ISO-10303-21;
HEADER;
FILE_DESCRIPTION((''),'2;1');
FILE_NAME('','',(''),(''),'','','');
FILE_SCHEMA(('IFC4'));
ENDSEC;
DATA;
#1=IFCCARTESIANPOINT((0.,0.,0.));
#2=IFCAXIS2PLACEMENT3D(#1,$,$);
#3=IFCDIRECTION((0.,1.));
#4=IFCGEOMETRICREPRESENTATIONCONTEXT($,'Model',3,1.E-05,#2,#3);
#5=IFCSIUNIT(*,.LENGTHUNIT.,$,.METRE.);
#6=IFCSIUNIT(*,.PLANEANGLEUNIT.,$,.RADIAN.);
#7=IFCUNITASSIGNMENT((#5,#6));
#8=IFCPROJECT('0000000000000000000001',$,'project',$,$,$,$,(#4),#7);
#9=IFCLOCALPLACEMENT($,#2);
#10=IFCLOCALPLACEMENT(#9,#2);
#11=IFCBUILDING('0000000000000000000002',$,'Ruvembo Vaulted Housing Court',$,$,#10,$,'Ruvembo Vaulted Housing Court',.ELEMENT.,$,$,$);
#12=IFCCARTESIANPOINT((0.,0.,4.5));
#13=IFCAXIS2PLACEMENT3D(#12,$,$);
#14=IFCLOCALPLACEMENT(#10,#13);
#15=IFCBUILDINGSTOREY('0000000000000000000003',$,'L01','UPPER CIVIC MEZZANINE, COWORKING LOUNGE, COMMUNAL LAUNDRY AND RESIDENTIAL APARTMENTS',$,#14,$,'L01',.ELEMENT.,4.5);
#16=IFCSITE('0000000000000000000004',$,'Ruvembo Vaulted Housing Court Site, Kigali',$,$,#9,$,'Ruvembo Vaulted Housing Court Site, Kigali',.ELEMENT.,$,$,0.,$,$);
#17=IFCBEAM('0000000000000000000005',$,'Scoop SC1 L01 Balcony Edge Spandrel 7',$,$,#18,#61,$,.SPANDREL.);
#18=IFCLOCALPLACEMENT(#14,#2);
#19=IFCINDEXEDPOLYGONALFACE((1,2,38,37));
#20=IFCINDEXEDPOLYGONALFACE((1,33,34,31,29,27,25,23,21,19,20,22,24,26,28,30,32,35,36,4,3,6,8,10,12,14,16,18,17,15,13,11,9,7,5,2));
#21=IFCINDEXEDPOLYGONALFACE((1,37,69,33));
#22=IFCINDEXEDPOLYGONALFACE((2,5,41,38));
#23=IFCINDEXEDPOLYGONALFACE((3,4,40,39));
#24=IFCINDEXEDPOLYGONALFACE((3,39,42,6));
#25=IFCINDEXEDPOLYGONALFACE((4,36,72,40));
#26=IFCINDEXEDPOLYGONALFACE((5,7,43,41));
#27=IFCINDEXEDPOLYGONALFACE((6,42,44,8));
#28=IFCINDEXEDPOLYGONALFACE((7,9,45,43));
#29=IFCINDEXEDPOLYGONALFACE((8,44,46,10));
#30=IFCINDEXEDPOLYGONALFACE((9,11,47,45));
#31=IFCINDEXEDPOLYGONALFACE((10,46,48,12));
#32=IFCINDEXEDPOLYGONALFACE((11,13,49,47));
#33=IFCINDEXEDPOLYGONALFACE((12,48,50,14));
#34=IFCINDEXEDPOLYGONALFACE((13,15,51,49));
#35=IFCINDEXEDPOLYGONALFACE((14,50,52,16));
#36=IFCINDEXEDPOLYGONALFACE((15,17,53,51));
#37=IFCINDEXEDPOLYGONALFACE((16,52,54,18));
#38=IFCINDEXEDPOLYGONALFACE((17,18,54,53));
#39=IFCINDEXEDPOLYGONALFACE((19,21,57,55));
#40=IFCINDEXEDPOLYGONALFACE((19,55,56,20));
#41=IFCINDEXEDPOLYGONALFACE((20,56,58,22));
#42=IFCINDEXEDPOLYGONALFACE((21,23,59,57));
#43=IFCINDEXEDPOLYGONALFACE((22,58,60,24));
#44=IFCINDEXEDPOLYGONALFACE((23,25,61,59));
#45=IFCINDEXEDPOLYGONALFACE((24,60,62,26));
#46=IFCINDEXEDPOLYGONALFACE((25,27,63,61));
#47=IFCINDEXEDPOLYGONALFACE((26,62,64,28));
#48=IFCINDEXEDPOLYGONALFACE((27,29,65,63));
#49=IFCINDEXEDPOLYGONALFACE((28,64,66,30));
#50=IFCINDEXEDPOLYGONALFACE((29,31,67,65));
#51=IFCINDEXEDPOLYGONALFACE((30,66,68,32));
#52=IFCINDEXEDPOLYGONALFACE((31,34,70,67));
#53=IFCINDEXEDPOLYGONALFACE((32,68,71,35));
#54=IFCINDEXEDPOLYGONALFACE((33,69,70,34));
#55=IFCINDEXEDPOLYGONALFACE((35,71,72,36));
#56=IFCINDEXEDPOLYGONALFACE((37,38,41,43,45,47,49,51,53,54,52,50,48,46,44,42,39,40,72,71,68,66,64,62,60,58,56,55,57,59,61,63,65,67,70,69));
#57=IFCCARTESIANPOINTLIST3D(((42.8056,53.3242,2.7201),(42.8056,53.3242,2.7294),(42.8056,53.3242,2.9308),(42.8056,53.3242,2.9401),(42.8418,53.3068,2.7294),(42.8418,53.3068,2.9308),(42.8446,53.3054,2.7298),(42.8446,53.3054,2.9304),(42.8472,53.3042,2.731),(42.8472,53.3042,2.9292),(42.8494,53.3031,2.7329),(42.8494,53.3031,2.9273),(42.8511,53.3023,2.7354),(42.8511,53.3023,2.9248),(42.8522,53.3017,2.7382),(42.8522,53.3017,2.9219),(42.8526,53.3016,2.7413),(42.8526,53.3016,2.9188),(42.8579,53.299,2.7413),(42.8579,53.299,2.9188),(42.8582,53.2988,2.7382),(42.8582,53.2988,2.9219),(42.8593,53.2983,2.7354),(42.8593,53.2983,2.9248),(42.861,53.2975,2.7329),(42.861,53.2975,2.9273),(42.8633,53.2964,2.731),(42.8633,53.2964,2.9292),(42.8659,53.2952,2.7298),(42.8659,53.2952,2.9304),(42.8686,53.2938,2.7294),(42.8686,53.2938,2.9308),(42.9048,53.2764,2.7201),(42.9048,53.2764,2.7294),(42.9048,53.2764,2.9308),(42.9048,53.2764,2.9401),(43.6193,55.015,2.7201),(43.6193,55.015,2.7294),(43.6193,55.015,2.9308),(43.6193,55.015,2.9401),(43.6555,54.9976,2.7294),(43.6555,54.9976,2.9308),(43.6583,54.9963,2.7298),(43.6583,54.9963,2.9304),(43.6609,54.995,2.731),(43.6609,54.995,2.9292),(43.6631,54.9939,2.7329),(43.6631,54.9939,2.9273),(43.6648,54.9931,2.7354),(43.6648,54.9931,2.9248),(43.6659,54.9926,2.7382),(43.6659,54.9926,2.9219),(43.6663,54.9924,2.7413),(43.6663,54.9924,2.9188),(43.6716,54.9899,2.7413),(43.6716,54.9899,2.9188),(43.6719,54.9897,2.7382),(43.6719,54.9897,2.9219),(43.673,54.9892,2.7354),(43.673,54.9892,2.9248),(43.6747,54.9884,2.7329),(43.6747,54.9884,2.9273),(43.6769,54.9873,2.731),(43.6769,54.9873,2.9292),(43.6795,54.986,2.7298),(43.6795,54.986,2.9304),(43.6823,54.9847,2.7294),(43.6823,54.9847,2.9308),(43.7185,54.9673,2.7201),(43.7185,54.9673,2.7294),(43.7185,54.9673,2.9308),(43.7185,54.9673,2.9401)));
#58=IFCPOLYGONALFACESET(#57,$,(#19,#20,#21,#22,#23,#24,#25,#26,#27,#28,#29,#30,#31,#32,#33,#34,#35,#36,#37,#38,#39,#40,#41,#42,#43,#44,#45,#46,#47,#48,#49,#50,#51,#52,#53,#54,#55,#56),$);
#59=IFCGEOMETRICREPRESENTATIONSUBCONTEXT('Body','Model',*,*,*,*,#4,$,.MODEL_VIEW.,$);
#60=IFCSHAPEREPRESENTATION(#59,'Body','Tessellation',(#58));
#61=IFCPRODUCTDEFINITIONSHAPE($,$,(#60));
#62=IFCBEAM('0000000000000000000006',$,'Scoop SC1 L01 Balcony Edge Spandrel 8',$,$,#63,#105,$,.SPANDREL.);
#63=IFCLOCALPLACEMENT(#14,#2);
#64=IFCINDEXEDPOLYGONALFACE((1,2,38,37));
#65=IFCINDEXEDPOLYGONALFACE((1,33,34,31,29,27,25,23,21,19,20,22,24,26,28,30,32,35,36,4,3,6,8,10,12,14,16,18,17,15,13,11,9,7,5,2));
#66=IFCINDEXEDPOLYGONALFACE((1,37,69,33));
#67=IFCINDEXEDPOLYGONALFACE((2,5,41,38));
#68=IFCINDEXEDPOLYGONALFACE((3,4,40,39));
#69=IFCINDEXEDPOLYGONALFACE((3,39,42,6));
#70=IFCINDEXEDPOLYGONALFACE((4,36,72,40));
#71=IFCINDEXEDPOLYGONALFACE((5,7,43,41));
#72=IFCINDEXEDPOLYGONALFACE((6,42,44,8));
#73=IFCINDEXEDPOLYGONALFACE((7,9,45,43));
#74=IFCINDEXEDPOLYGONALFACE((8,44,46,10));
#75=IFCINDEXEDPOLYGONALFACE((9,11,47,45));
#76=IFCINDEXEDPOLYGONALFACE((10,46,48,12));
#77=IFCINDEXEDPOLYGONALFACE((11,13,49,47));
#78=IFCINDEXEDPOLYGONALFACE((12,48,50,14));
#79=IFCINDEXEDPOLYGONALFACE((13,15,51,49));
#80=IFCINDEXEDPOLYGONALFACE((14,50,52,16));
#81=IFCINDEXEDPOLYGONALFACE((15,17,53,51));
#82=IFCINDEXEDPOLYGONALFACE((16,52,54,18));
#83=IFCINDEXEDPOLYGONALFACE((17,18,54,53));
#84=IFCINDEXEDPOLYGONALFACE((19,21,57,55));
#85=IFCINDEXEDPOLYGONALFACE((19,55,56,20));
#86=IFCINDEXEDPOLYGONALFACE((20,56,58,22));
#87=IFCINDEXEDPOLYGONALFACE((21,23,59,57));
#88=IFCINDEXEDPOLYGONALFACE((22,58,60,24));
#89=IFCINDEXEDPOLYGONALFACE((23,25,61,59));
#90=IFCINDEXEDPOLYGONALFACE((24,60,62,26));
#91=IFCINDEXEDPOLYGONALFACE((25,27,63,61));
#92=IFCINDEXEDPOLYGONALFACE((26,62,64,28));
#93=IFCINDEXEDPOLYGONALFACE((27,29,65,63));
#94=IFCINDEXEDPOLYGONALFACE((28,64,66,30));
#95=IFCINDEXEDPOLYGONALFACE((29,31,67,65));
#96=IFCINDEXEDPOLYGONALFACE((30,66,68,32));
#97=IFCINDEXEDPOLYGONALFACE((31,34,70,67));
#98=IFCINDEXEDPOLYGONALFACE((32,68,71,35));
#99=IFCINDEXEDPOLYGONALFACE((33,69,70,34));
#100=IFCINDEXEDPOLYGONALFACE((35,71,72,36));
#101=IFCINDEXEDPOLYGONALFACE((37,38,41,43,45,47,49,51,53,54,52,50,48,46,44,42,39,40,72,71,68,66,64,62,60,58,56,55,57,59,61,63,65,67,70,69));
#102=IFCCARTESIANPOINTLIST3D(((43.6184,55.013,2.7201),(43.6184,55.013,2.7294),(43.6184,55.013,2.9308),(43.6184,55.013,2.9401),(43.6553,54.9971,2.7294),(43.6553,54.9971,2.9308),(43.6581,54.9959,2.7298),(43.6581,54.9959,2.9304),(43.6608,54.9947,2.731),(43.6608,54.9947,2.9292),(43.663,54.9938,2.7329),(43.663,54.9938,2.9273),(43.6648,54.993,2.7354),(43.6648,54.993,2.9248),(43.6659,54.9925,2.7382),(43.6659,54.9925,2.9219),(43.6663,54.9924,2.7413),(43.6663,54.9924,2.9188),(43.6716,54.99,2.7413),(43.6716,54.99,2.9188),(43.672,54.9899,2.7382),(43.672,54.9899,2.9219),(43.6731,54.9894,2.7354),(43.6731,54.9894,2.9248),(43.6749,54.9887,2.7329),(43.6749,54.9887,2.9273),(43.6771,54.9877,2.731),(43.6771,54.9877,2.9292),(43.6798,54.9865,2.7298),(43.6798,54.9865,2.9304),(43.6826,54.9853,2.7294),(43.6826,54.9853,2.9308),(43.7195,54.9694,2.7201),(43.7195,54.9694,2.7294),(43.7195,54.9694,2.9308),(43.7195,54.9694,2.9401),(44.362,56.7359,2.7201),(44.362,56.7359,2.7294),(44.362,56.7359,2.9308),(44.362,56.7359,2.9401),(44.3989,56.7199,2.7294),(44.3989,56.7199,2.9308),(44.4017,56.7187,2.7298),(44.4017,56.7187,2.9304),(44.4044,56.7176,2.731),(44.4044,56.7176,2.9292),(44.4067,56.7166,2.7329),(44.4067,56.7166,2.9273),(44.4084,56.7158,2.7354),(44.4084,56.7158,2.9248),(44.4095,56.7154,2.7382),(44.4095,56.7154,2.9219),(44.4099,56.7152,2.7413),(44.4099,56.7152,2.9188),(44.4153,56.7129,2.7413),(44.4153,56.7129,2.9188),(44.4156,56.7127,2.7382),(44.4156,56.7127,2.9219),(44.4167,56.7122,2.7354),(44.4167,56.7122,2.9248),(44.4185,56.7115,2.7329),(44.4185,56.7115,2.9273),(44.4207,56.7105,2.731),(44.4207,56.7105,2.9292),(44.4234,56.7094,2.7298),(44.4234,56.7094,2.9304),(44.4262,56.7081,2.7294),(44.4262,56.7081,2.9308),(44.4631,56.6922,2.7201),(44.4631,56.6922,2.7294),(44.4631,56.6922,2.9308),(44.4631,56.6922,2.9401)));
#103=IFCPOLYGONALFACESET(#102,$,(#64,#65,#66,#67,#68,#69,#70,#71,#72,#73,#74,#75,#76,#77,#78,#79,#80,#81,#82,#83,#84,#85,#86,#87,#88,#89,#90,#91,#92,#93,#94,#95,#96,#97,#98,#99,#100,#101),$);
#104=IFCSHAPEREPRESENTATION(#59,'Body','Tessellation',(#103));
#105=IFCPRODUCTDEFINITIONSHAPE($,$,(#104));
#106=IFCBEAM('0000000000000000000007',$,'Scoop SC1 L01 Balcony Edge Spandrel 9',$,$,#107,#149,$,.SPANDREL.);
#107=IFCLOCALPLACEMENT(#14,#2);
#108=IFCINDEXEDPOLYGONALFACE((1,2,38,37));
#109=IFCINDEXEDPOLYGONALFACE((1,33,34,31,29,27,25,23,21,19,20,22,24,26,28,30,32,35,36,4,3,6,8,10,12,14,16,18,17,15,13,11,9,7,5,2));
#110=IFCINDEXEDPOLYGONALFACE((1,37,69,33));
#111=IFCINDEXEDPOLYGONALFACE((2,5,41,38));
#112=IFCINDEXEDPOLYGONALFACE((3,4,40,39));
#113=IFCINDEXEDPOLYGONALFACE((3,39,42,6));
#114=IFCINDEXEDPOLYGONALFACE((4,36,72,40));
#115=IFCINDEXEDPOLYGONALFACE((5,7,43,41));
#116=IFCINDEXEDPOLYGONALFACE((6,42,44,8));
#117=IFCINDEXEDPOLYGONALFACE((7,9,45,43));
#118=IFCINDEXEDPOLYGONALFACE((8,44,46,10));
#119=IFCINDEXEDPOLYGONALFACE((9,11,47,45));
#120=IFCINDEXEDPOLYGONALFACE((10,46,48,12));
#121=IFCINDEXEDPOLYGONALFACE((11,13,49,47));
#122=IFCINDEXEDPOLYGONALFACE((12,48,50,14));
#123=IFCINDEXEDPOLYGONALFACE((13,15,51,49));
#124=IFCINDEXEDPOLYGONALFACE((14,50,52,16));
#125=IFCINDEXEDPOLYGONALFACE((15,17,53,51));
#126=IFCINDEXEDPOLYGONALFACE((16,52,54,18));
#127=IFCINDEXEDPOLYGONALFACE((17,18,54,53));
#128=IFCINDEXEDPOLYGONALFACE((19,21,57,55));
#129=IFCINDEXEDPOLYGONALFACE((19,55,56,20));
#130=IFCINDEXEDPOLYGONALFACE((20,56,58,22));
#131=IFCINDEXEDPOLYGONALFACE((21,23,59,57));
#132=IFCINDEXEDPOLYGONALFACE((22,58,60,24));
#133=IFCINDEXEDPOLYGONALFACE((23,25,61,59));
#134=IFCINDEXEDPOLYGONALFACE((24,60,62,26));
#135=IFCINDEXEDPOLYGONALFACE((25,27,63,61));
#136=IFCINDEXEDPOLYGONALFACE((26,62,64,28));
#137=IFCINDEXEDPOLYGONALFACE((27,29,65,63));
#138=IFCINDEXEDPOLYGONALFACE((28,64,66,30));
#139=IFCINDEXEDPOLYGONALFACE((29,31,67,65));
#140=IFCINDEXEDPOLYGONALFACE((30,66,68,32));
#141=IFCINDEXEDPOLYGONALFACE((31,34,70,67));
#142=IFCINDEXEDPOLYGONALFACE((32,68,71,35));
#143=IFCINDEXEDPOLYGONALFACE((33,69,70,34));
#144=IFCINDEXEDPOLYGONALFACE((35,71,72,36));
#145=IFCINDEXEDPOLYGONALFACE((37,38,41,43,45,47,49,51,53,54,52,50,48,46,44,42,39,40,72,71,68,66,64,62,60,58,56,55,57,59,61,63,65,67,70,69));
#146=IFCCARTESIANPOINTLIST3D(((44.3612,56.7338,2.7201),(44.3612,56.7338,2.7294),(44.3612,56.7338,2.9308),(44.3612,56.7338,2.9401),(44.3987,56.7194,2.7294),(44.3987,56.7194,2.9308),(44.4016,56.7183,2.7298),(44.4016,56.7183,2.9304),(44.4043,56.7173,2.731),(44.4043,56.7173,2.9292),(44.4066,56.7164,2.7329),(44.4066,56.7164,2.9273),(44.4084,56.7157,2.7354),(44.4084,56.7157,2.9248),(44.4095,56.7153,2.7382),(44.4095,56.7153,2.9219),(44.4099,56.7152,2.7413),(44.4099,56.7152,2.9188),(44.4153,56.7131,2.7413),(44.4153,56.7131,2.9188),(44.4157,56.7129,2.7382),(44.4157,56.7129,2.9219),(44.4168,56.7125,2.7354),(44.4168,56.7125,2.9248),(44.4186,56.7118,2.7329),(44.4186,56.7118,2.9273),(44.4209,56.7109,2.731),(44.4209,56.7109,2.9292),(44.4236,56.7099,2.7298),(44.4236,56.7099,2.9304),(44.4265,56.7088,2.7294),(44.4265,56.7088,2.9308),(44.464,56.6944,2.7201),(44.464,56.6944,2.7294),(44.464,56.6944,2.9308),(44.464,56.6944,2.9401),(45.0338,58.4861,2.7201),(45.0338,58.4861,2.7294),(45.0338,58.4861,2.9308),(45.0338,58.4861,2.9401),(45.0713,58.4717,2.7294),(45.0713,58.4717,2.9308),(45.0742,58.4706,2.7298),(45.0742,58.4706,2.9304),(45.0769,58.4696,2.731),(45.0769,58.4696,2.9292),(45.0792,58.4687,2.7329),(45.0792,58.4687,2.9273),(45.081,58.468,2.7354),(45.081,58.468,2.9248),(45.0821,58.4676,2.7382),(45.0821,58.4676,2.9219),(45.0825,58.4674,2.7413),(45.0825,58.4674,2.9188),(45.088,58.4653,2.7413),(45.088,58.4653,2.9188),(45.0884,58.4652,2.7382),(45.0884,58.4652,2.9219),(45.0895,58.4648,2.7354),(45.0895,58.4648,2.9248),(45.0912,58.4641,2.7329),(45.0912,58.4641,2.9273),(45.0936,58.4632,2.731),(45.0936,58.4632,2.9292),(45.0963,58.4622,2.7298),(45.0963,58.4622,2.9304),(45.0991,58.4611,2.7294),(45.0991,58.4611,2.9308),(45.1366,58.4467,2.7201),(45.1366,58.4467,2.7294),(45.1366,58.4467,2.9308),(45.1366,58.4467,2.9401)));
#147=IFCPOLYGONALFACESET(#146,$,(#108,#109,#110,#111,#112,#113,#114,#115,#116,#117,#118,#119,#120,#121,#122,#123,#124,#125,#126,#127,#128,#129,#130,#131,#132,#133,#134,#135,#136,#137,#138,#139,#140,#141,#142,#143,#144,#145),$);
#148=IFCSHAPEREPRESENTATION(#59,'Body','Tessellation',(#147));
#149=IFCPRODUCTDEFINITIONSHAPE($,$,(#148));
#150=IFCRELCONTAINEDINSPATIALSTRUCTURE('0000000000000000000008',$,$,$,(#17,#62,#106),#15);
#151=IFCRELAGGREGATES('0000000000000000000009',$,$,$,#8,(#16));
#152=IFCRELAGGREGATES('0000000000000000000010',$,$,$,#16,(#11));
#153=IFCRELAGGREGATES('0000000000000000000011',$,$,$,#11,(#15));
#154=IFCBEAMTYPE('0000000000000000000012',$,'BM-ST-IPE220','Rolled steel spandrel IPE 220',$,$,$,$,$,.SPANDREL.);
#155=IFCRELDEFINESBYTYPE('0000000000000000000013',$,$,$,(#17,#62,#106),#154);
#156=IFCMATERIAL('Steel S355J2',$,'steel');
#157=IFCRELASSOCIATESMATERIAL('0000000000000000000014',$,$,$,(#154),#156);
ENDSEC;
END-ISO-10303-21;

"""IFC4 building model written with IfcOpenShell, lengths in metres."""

from ifc_helpers import new_model, si_unit, direction, frame, origin, origin_2d, place, context, subcontext, project, spatial, i_section, extrude, material, material_profile, profile_set, type_object, element, save


model = new_model("IFC4")

# Units and contexts
model_context = context("Model", 3, precision=1e-05, world=origin(), true_north=direction((0.0, 1.0)))
body_context = subcontext(model_context, "Body", "Model", "MODEL_VIEW")
ifc_project = project(units=[si_unit("LENGTHUNIT", "METRE"), si_unit("PLANEANGLEUNIT", "RADIAN")], contexts=[model_context])

# Site, building, storey
site_placement = place(None, origin())
site = spatial("IfcSite", under=ifc_project, at=site_placement, Name="Ruvembo Vaulted Housing Court Site, Kigali", LongName="Ruvembo Vaulted Housing Court Site, Kigali", CompositionType="ELEMENT", RefElevation=0.0)
building_placement = place(site_placement, origin())
building = spatial("IfcBuilding", under=site, at=building_placement, Name="Ruvembo Vaulted Housing Court", LongName="Ruvembo Vaulted Housing Court", CompositionType="ELEMENT")
storey_placement = place(building_placement, frame((0.0, 0.0, 4.5)))
storey = spatial("IfcBuildingStorey", under=building, at=storey_placement, Name="L01", Description="UPPER CIVIC MEZZANINE, COWORKING LOUNGE, COMMUNAL LAUNDRY AND RESIDENTIAL APARTMENTS", LongName="L01", CompositionType="ELEMENT", Elevation=4.5)

# Beams
ifc_material_1 = material(Name="Steel S355J2", Category="steel")
ifc_material_profile_1 = material_profile(ifc_material_1, i_section(OverallWidth=0.1101, OverallDepth=0.22, WebThickness=0.0059, FlangeThickness=0.0093, FilletRadius=0.012, at=origin_2d()), Name="IPE 220")
ifc_profile_set_1 = profile_set([ifc_material_profile_1], Name="Steel S355J2")
beam_type = type_object("IfcBeamType", Name="BM-ST-IPE220", Description="Rolled steel spandrel IPE 220", PredefinedType="SPANDREL", material=ifc_profile_set_1)
for number, where, z_axis, x_axis, name in (
    (1, (42.8552, 53.3003, 2.8301), (0.433632, 0.90109, 0.0), (-0.90109, 0.433632, 0.0), "Scoop SC1 L01 Balcony Edge Spandrel 7"),
    (2, (43.6689, 54.9912, 2.8301), (0.396289, 0.918126, 0.0), (-0.918126, 0.396289, 0.0), "Scoop SC1 L01 Balcony Edge Spandrel 8"),
):
    element("IfcBeam", number, at=place(storey_placement, frame(where, z_axis=z_axis, x_axis=x_axis)), inside=storey, type_object=beam_type, Name=name, PredefinedType="SPANDREL", context=body_context, shape_type="SweptSolid", body=[
        extrude(i_section(OverallWidth=0.1101, OverallDepth=0.22, WebThickness=0.0059, FlangeThickness=0.0093, FilletRadius=0.012, at=origin_2d()), origin(), (0.0, 0.0, 1.0), 1.8765),
    ])
beam_placement = place(storey_placement, frame((44.4126, 56.7141, 2.8301), z_axis=(0.358369, 0.93358, 0.0), x_axis=(-0.93358, 0.358369, 0.0)))
element("IfcBeam", 3, at=beam_placement, inside=storey, type_object=beam_type, Name="Scoop SC1 L01 Balcony Edge Spandrel 9", PredefinedType="SPANDREL", context=body_context, shape_type="SweptSolid", body=[
    extrude(i_section(OverallWidth=0.1101, OverallDepth=0.22, WebThickness=0.0059, FlangeThickness=0.0093, FilletRadius=0.012, at=origin_2d()), origin(), (0.0, 0.0, 1.0), 1.877),
])

save(model, "model.ifc")
